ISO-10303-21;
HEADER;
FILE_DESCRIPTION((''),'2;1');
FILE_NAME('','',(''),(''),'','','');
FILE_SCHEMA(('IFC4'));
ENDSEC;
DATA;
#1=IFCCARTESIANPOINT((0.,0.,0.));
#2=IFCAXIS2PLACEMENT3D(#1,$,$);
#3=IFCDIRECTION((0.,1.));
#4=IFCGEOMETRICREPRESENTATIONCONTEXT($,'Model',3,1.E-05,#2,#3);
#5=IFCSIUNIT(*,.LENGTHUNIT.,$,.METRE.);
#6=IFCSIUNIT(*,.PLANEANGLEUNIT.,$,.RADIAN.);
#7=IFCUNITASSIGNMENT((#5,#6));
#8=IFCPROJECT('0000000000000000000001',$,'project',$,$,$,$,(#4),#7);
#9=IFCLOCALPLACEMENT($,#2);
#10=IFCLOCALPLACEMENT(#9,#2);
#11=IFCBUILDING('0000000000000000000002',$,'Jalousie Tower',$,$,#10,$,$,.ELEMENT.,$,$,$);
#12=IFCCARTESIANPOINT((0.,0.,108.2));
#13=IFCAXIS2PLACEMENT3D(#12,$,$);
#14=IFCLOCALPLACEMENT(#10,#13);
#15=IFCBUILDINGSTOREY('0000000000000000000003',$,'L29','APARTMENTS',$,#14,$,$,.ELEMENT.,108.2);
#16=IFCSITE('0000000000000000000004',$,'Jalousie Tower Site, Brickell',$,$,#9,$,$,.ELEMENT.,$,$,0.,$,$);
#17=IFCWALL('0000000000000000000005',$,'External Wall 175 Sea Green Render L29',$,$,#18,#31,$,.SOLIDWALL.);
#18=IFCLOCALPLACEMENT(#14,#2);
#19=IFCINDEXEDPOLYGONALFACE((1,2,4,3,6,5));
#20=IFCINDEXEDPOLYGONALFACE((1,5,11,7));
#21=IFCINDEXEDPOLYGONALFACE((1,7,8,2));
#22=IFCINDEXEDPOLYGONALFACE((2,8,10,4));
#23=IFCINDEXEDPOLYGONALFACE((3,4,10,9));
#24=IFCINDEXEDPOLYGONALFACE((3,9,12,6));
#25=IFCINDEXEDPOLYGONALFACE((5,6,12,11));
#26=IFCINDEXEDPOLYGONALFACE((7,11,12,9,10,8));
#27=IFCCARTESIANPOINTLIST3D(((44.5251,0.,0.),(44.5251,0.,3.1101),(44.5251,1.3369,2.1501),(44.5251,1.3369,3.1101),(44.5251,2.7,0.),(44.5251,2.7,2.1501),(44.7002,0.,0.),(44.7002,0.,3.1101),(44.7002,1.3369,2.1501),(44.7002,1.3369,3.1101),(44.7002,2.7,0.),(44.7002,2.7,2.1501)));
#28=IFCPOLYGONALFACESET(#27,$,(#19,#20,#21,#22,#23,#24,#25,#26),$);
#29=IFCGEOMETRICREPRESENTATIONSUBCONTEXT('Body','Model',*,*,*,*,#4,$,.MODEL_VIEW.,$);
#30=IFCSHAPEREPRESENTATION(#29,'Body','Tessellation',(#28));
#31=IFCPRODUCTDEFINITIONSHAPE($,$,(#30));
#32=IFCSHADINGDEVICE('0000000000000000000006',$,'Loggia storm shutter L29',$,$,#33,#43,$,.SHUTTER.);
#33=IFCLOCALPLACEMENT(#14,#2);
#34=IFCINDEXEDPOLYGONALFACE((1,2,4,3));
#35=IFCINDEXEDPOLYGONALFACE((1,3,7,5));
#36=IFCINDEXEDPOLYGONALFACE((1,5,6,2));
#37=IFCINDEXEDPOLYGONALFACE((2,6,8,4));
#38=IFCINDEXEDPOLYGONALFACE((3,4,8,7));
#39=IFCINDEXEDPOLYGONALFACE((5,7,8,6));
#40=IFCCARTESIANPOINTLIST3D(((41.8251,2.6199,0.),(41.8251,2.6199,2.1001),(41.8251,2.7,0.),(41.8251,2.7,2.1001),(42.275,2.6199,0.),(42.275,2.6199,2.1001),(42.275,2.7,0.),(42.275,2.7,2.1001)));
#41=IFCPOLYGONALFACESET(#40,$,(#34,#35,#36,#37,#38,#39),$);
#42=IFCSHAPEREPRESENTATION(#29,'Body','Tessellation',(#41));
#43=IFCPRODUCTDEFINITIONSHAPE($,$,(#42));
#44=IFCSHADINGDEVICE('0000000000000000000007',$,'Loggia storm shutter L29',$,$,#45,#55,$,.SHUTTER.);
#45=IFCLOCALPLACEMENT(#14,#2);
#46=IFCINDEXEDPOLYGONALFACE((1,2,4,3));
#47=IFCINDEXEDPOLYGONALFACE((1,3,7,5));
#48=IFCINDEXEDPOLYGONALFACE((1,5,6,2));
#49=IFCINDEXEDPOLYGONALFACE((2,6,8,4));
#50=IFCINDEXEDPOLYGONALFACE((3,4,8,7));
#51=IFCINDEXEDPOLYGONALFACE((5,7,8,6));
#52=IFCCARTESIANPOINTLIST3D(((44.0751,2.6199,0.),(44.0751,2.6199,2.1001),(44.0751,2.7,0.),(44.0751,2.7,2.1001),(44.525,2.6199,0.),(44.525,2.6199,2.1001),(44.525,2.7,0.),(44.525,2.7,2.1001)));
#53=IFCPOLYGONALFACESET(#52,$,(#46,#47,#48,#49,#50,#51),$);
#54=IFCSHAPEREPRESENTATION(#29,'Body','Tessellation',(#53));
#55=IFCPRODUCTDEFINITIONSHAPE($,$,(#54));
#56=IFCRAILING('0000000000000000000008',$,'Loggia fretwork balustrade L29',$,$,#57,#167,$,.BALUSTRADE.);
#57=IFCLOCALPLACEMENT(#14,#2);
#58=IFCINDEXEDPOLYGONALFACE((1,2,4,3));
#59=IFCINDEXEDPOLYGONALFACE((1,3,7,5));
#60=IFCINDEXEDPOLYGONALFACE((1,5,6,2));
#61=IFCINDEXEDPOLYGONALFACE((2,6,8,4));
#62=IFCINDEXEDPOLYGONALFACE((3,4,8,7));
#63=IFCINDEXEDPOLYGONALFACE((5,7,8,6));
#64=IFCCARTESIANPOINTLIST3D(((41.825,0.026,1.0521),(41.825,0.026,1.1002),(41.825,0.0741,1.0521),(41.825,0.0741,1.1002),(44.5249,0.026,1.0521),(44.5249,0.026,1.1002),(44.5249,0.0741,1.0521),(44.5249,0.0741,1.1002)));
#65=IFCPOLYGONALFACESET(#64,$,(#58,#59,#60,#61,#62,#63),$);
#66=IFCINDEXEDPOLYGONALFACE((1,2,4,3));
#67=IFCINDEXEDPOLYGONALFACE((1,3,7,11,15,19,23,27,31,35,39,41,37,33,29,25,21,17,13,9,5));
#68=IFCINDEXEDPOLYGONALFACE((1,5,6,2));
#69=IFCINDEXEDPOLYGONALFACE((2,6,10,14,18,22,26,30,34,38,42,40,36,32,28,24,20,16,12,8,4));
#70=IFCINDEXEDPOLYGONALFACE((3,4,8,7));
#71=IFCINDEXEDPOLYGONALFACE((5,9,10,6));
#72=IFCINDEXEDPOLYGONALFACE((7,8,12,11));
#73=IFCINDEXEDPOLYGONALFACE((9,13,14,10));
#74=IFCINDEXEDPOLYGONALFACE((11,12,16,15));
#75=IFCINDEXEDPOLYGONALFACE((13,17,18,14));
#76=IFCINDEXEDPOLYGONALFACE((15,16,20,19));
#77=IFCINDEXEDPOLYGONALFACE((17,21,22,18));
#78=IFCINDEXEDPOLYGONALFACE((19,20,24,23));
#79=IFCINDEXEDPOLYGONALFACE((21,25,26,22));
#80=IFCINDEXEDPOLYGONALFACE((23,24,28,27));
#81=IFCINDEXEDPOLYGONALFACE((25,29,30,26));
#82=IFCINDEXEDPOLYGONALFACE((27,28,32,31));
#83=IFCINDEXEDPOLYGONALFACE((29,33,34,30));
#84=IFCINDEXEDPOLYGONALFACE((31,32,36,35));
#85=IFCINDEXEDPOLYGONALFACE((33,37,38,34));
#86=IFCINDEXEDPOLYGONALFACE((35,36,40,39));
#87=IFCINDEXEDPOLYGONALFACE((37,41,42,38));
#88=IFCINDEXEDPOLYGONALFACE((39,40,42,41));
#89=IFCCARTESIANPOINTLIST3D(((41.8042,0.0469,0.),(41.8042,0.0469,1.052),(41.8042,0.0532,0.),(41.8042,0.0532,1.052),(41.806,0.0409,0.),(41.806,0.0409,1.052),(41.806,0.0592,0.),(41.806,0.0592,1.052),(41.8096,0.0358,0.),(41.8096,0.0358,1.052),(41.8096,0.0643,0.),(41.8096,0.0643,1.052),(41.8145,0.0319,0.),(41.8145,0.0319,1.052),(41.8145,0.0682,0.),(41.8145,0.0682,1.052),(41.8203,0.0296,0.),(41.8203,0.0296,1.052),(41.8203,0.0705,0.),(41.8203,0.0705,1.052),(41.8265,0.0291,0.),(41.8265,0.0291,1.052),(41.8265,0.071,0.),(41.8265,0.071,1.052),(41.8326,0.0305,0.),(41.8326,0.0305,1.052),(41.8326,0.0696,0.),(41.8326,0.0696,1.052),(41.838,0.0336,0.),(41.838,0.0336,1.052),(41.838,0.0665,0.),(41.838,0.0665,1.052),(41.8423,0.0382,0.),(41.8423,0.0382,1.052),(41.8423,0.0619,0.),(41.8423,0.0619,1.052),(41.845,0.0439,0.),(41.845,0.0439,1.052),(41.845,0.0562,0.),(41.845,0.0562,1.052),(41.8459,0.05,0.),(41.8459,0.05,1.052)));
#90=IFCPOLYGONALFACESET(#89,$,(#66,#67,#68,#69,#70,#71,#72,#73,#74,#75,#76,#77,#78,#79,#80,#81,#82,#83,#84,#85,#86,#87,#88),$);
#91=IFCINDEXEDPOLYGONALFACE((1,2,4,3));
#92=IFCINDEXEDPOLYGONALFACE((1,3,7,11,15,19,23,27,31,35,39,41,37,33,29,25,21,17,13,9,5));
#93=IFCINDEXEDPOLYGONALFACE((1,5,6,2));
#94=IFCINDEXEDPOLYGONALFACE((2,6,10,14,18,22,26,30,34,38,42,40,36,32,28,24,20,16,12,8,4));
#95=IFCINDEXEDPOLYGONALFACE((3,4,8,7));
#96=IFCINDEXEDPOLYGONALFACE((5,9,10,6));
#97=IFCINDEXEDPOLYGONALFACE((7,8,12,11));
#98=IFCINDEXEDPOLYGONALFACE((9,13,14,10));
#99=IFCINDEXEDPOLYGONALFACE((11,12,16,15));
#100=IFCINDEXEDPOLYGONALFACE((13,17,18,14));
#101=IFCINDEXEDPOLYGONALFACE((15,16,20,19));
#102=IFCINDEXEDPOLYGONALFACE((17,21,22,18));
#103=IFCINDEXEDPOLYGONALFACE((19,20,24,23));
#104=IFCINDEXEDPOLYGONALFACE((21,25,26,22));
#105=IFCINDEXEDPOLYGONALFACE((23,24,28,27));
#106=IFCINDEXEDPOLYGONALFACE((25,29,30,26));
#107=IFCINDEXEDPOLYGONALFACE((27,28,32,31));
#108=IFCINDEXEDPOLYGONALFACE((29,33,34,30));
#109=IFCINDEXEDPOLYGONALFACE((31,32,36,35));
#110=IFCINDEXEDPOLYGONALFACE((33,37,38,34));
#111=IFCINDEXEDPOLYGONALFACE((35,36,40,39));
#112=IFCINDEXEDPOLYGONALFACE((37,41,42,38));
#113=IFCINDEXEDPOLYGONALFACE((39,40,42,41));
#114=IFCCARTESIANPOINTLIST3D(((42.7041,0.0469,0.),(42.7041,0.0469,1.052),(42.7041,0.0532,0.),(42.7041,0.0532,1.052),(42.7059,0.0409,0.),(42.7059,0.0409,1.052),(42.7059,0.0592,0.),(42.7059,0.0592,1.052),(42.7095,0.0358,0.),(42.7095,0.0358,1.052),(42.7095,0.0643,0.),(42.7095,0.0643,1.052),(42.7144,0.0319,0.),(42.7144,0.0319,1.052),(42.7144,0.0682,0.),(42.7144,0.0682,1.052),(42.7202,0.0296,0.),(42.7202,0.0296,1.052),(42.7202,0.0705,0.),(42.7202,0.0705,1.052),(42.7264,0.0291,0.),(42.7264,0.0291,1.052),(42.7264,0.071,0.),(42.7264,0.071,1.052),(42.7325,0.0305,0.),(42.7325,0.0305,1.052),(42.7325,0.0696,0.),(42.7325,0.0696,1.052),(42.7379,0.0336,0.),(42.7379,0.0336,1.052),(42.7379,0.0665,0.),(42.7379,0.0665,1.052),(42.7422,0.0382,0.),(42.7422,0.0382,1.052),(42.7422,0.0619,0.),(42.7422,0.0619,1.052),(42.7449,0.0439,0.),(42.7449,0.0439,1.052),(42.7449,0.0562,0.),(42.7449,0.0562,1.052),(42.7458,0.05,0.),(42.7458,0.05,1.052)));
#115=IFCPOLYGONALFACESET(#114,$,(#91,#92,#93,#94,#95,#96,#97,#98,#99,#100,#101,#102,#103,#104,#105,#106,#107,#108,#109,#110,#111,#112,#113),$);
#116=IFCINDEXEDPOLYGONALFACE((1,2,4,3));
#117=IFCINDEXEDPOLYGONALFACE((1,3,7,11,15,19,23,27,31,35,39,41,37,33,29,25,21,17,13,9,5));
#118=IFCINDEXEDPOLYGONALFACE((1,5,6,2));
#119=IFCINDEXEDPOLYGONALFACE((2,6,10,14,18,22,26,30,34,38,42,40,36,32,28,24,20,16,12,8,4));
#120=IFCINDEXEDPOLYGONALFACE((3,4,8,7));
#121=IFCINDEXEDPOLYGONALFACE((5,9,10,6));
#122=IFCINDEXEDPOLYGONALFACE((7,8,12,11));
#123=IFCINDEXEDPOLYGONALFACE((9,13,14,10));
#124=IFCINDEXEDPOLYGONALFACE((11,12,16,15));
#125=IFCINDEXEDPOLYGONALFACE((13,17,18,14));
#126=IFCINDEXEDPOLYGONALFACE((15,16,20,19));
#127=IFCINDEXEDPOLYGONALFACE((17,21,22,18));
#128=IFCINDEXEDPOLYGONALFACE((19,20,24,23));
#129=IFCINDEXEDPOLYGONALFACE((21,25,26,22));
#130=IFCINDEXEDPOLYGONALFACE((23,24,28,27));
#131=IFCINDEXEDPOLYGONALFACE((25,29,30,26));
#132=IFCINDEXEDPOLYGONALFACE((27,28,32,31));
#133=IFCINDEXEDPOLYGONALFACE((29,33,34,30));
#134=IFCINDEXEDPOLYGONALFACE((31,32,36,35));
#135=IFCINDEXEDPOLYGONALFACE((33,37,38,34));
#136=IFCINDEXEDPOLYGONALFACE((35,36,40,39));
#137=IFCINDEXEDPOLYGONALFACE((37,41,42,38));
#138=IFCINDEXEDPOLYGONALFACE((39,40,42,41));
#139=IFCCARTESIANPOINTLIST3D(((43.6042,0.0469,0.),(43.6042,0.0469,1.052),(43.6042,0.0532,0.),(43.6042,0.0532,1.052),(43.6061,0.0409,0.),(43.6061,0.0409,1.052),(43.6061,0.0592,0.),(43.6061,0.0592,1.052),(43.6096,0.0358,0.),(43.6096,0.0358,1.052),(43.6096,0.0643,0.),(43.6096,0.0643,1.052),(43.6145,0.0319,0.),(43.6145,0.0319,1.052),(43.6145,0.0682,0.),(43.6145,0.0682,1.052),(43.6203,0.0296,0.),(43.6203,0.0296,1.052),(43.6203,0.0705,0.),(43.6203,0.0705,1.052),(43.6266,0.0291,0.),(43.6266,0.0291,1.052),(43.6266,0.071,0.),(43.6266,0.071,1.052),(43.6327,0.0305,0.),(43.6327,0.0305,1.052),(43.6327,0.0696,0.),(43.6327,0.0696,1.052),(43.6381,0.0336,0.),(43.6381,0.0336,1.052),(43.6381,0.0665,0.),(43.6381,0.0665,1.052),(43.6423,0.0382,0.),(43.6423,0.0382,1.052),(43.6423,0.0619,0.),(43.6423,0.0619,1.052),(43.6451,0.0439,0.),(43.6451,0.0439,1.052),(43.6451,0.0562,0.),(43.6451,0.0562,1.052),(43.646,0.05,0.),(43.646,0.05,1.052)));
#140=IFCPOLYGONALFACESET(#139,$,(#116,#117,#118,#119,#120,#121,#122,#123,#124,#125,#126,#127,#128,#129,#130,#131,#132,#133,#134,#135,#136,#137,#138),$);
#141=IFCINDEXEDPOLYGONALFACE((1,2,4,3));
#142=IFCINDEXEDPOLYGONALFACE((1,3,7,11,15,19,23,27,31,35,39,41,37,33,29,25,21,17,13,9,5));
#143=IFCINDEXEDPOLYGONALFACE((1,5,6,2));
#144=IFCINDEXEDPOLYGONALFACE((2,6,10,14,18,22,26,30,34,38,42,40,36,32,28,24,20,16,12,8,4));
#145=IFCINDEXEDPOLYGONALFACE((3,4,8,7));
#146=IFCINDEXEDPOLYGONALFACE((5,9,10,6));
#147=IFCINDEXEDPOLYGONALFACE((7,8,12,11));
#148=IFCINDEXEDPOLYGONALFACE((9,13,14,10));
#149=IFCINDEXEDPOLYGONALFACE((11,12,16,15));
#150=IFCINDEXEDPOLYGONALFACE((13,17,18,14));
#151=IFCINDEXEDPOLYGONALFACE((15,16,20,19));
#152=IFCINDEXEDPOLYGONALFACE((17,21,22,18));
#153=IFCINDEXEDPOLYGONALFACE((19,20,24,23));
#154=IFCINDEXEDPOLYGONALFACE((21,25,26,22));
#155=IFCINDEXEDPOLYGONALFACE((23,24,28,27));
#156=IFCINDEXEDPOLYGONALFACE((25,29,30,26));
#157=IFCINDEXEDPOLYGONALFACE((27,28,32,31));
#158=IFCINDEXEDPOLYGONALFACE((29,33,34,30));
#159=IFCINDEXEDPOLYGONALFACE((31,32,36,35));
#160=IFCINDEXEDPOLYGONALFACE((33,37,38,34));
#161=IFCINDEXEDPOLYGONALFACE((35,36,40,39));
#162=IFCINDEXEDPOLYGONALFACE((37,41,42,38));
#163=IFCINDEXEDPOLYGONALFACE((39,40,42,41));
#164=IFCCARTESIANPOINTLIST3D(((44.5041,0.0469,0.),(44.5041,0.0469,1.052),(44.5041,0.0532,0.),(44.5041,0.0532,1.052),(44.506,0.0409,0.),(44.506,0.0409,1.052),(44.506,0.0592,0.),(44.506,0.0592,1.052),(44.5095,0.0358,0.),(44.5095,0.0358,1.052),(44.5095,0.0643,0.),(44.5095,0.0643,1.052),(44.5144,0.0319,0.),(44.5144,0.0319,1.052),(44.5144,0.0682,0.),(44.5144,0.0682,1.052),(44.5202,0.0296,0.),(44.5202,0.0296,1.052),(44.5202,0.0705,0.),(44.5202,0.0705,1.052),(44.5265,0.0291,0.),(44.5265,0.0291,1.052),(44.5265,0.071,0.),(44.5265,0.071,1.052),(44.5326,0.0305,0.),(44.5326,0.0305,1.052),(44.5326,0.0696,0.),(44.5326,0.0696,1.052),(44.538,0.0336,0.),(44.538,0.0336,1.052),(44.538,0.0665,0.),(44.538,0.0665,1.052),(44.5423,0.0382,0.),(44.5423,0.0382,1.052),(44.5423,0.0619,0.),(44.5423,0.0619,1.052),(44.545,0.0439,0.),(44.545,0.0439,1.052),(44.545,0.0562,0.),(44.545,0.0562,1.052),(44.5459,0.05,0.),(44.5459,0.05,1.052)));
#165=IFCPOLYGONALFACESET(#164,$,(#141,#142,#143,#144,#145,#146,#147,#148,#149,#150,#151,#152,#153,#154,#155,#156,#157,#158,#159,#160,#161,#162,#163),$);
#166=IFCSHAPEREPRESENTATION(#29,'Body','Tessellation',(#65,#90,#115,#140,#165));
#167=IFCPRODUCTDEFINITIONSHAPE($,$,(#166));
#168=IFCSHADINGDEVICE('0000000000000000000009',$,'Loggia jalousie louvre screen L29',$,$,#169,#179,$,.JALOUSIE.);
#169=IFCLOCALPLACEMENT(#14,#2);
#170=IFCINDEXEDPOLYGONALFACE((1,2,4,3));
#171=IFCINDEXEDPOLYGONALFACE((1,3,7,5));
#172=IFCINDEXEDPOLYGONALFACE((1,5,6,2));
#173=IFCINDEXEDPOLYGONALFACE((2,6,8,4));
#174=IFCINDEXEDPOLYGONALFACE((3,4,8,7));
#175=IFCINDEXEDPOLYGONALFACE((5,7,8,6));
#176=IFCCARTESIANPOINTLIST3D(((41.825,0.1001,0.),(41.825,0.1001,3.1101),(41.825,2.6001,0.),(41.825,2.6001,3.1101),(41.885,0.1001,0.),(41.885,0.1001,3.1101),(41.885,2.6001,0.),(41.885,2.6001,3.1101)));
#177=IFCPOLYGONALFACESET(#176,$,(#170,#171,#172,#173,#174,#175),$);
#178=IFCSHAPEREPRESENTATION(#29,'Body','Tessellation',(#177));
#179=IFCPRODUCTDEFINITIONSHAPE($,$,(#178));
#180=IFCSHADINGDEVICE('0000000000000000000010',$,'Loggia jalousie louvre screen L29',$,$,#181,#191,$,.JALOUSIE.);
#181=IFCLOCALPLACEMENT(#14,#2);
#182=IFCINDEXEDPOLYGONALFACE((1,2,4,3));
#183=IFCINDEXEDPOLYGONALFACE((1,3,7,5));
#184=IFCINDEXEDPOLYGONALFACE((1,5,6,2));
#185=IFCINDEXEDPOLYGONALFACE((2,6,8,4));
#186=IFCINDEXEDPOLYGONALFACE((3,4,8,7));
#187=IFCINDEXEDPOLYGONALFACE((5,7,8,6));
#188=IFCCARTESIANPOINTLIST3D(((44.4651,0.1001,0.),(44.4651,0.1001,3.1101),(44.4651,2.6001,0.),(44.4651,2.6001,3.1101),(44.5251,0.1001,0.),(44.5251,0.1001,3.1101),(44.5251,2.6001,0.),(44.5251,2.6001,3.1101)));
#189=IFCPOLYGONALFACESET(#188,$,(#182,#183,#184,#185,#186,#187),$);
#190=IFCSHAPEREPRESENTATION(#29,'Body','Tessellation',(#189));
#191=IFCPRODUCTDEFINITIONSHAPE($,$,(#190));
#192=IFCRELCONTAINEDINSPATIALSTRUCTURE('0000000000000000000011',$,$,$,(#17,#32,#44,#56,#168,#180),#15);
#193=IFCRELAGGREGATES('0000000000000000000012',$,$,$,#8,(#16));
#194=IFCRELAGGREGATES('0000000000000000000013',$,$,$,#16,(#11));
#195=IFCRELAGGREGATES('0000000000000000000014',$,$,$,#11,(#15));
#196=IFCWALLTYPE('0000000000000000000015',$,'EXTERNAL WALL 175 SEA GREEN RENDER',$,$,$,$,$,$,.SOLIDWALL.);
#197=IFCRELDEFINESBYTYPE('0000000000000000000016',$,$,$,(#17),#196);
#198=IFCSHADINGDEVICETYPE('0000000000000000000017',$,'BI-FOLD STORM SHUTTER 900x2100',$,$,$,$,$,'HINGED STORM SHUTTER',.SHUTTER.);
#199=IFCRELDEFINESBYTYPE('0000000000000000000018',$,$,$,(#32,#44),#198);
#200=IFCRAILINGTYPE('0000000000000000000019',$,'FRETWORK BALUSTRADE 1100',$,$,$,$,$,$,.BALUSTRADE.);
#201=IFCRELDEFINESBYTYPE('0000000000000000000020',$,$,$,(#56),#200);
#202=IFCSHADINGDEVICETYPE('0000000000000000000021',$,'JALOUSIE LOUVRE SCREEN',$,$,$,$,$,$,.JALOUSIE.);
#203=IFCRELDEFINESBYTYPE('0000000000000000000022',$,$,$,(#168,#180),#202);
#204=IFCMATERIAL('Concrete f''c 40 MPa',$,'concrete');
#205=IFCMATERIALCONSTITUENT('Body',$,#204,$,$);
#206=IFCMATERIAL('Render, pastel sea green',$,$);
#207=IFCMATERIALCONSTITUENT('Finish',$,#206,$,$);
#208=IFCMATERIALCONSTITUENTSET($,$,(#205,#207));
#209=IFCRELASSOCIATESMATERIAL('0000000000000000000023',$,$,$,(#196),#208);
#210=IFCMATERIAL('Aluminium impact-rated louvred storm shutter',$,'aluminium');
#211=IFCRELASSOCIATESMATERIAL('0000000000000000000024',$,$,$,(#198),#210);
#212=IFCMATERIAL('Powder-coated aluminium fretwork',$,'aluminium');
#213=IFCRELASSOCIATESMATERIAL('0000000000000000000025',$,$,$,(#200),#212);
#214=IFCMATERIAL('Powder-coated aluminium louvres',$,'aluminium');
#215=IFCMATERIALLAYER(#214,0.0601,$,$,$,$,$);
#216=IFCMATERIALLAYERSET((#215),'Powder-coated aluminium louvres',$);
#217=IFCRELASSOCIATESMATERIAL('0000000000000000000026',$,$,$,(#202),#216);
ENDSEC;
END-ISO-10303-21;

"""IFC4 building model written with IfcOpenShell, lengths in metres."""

from ifc_helpers import new_model, si_unit, direction, frame, origin, origin_2d, place, context, subcontext, project, spatial, polyline, rectangle, circle, outline, extrude, material, layer, layer_set, constituent, constituent_set, type_object, element, save


model = new_model("IFC4")

# Units and contexts
model_context = context("Model", 3, precision=1e-05, world=origin(), true_north=direction((0.0, 1.0)))
body_context = subcontext(model_context, "Body", "Model", "MODEL_VIEW")
ifc_project = project(units=[si_unit("LENGTHUNIT", "METRE"), si_unit("PLANEANGLEUNIT", "RADIAN")], contexts=[model_context])

# Site, building, storey
site_placement = place(None, origin())
site = spatial("IfcSite", under=ifc_project, at=site_placement, Name="Jalousie Tower Site, Brickell", CompositionType="ELEMENT", RefElevation=0.0)
building_placement = place(site_placement, origin())
building = spatial("IfcBuilding", under=site, at=building_placement, Name="Jalousie Tower", CompositionType="ELEMENT")
storey_placement = place(building_placement, frame((0.0, 0.0, 108.2)))
storey = spatial("IfcBuildingStorey", under=building, at=storey_placement, Name="L29", Description="APARTMENTS", CompositionType="ELEMENT", Elevation=108.2)

# Shared definitions
ifc_material_1 = material(Name="Concrete f'c 40 MPa", Category="concrete")
ifc_constituent_1 = constituent(ifc_material_1, Name="Body")
ifc_material_2 = material(Name="Render, pastel sea green")
ifc_constituent_2 = constituent(ifc_material_2, Name="Finish")
ifc_constituent_set = constituent_set(constituents=[ifc_constituent_1, ifc_constituent_2])
wall_type = type_object("IfcWallType", Name="EXTERNAL WALL 175 SEA GREEN RENDER", PredefinedType="SOLIDWALL", material=ifc_constituent_set)

# Wall
wall_1_placement = place(storey_placement, frame((44.6125, 0.0, 0.0), z_axis=(0.0, 0.0, 1.0), x_axis=(0.0, 1.0, 0.0)))
element("IfcWall", 1, at=wall_1_placement, inside=storey, type_object=wall_type, Name="External Wall 175 Sea Green Render L29", PredefinedType="SOLIDWALL", context=body_context, shape_type="SweptSolid", body=[
    extrude(outline(polyline([(0.0, 0.0), (2.7, 0.0), (2.7, 2.1501), (1.3369, 2.1501), (1.3369, 3.1101), (0.0, 3.1101), (0.0, 0.0)])), frame((0.0, 0.0874, 0.0), z_axis=(0.0, -1.0, 0.0), x_axis=(1.0, 0.0, 0.0)), (0.0, 0.0, 1.0), 0.175),
])

# Shading devices
ifc_material_3 = material(Name="Aluminium impact-rated louvred storm shutter", Category="aluminium")
shading_device_type_1 = type_object("IfcShadingDeviceType", Name="BI-FOLD STORM SHUTTER 900x2100", ElementType="HINGED STORM SHUTTER", PredefinedType="SHUTTER", material=ifc_material_3)
for number, where, z_axis, x_axis, name in (
    (2, (42.05, 2.6599, 0.0), (0.0, 0.0, 1.0), (1.0, 0.0, 0.0), "Loggia storm shutter L29"),
    (3, (44.3, 2.6599, 0.0), (0.0, 0.0, 1.0), (1.0, 0.0, 0.0), "Loggia storm shutter L29"),
):
    element("IfcShadingDevice", number, at=place(storey_placement, frame(where, z_axis=z_axis, x_axis=x_axis)), inside=storey, type_object=shading_device_type_1, Name=name, PredefinedType="SHUTTER", context=body_context, shape_type="SweptSolid", body=[
        extrude(rectangle(XDim=0.45, YDim=0.0801, at=origin_2d()), origin(), (0.0, 0.0, 1.0), 2.1001),
    ])

# Railing
ifc_material_4 = material(Name="Powder-coated aluminium fretwork", Category="aluminium")
railing_type = type_object("IfcRailingType", Name="FRETWORK BALUSTRADE 1100", PredefinedType="BALUSTRADE", material=ifc_material_4)
railing_placement = place(storey_placement, frame((41.825, 0.05, 0.0)))
element("IfcRailing", 4, at=railing_placement, inside=storey, type_object=railing_type, Name="Loggia fretwork balustrade L29", PredefinedType="BALUSTRADE", context=body_context, shape_type="SweptSolid", body=[
    extrude(rectangle(XDim=0.0481, YDim=0.0481, at=origin_2d()), frame((0.0, 0.0, 1.0762), z_axis=(1.0, 0.0, 0.0), x_axis=(0.0, 1.0, 0.0)), (0.0, 0.0, 1.0), 2.7),
    extrude(circle(Radius=0.021, at=origin_2d()), origin(), (0.0, 0.0, 1.0), 1.052),
    extrude(circle(Radius=0.021, at=origin_2d()), frame((0.8999, 0.0, 0.0)), (0.0, 0.0, 1.0), 1.052),
    extrude(circle(Radius=0.021, at=origin_2d()), frame((1.8, 0.0, 0.0)), (0.0, 0.0, 1.0), 1.052),
    extrude(circle(Radius=0.021, at=origin_2d()), frame((2.7, 0.0, 0.0)), (0.0, 0.0, 1.0), 1.052),
])

# Shading devices
ifc_material_5 = material(Name="Powder-coated aluminium louvres", Category="aluminium")
ifc_layer_1 = layer(ifc_material_5, 0.0601)
ifc_layer_set_1 = layer_set([ifc_layer_1], Name="Powder-coated aluminium louvres")
shading_device_type_2 = type_object("IfcShadingDeviceType", Name="JALOUSIE LOUVRE SCREEN", PredefinedType="JALOUSIE", material=ifc_layer_set_1)
for number, where, z_axis, x_axis, name in (
    (5, (41.855, 1.3501, 0.0), (0.0, 0.0, 1.0), (1.0, 0.0, 0.0), "Loggia jalousie louvre screen L29"),
    (6, (44.4951, 1.3501, 0.0), (0.0, 0.0, 1.0), (1.0, 0.0, 0.0), "Loggia jalousie louvre screen L29"),
):
    element("IfcShadingDevice", number, at=place(storey_placement, frame(where, z_axis=z_axis, x_axis=x_axis)), inside=storey, type_object=shading_device_type_2, Name=name, PredefinedType="JALOUSIE", context=body_context, shape_type="SweptSolid", body=[
        extrude(rectangle(XDim=0.0601, YDim=2.5, at=origin_2d()), origin(), (0.0, 0.0, 1.0), 3.1101),
    ])

save(model, "model.ifc")
